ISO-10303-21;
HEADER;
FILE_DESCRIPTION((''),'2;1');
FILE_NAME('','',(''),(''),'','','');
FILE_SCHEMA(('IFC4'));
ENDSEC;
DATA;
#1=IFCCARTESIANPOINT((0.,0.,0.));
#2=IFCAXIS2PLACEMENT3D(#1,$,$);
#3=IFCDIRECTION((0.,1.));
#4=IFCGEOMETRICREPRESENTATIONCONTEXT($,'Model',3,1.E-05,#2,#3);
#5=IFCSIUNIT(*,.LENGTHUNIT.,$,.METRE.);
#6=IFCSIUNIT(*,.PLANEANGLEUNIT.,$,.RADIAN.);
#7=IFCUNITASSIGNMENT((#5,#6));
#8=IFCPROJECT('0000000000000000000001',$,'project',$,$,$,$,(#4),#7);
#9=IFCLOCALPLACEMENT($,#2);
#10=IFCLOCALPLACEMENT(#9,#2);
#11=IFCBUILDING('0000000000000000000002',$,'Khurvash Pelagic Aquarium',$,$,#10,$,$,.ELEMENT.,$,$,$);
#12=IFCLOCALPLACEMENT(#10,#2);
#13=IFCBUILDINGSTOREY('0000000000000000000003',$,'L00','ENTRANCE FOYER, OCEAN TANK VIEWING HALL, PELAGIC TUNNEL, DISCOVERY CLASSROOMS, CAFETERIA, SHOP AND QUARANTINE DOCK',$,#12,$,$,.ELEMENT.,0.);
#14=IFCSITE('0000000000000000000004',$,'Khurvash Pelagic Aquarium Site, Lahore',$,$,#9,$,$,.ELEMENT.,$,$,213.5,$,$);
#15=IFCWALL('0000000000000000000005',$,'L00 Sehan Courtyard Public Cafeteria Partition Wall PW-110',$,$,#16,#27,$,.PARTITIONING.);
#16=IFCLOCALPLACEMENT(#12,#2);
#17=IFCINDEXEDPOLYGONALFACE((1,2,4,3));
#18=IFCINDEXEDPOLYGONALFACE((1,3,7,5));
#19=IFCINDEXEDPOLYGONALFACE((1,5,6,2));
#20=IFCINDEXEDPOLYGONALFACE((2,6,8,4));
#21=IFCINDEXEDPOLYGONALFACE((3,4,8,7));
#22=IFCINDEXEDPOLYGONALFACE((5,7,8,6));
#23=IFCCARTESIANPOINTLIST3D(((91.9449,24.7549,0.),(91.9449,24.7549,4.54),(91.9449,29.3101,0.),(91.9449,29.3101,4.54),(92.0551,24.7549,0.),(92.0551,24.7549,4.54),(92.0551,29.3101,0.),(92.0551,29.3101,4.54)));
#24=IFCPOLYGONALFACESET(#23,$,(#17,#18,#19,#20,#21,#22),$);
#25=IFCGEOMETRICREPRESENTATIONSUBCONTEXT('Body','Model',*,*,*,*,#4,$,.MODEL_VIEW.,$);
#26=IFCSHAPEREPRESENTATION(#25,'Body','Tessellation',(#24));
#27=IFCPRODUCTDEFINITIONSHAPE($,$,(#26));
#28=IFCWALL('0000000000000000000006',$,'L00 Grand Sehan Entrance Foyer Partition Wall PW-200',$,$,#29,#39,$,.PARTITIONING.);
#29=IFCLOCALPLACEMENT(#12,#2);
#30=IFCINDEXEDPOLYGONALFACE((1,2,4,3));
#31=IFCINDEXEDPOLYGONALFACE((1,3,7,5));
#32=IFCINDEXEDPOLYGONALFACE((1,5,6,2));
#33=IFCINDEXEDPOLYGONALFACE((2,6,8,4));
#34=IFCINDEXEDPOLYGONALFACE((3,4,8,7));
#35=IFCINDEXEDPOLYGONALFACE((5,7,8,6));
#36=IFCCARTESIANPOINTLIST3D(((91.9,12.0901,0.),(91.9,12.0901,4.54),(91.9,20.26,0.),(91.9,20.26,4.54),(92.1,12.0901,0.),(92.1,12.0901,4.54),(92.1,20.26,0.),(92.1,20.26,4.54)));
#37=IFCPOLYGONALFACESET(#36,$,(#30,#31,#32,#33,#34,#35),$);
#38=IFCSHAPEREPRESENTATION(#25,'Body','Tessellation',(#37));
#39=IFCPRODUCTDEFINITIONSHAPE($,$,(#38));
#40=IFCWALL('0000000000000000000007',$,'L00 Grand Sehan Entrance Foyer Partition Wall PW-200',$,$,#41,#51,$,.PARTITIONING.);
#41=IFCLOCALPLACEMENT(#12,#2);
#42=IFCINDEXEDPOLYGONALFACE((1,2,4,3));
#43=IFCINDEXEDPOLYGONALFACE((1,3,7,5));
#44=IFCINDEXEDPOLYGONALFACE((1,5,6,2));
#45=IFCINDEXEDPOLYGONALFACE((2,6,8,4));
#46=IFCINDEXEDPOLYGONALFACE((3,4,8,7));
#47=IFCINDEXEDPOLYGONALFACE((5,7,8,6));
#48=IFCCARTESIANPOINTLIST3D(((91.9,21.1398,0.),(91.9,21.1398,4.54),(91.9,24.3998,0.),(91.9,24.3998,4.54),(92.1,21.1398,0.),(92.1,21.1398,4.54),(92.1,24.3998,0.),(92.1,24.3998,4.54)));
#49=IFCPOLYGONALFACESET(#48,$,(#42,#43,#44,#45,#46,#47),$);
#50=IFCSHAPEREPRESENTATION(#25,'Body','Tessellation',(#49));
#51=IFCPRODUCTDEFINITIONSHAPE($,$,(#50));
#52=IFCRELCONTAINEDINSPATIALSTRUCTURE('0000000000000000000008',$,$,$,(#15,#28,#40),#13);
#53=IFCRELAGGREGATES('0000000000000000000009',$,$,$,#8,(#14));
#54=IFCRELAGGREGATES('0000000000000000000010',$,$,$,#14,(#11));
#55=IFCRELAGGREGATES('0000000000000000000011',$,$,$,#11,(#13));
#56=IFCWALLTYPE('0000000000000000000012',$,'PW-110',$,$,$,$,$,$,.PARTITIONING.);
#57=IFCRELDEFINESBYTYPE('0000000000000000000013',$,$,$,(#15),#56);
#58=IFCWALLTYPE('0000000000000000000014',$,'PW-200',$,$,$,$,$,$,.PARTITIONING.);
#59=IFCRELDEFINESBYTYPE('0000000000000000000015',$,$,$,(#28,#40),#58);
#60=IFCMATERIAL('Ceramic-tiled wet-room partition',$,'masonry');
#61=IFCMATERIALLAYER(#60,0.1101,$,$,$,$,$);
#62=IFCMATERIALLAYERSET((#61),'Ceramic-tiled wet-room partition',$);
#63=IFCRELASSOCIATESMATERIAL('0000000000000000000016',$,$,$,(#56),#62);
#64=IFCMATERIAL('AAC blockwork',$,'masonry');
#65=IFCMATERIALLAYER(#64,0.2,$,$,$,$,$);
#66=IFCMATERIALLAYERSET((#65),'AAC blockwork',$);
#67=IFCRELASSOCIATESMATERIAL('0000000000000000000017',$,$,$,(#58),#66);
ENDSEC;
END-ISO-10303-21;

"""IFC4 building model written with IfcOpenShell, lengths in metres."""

from ifc_helpers import new_model, si_unit, direction, frame, frame_2d, origin, place, context, subcontext, project, spatial, rectangle, extrude, material, layer, layer_set, type_object, element, save


model = new_model("IFC4")

# Units and contexts
model_context = context("Model", 3, precision=1e-05, world=origin(), true_north=direction((0.0, 1.0)))
body_context = subcontext(model_context, "Body", "Model", "MODEL_VIEW")
ifc_project = project(units=[si_unit("LENGTHUNIT", "METRE"), si_unit("PLANEANGLEUNIT", "RADIAN")], contexts=[model_context])

# Site, building, storey
site_placement = place(None, origin())
site = spatial("IfcSite", under=ifc_project, at=site_placement, Name="Khurvash Pelagic Aquarium Site, Lahore", CompositionType="ELEMENT", RefElevation=213.5)
building_placement = place(site_placement, origin())
building = spatial("IfcBuilding", under=site, at=building_placement, Name="Khurvash Pelagic Aquarium", CompositionType="ELEMENT")
storey_placement = place(building_placement, origin())
storey = spatial("IfcBuildingStorey", under=building, at=storey_placement, Name="L00", Description="ENTRANCE FOYER, OCEAN TANK VIEWING HALL, PELAGIC TUNNEL, DISCOVERY CLASSROOMS, CAFETERIA, SHOP AND QUARANTINE DOCK", CompositionType="ELEMENT", Elevation=0.0)

# Walls
ifc_material_1 = material(Name="Ceramic-tiled wet-room partition", Category="masonry")
ifc_layer_1 = layer(ifc_material_1, 0.1101)
ifc_layer_set_1 = layer_set([ifc_layer_1], Name="Ceramic-tiled wet-room partition")
wall_type_1 = type_object("IfcWallType", Name="PW-110", PredefinedType="PARTITIONING", material=ifc_layer_set_1)
wall_1_placement = place(storey_placement, frame((92.0, 24.7549, 0.0), z_axis=(0.0, 0.0, 1.0), x_axis=(0.0, 1.0, 0.0)))
element("IfcWall", 1, at=wall_1_placement, inside=storey, type_object=wall_type_1, Name="L00 Sehan Courtyard Public Cafeteria Partition Wall PW-110", PredefinedType="PARTITIONING", context=body_context, shape_type="SweptSolid", body=[
    extrude(rectangle(XDim=4.5552, YDim=0.1101, at=frame_2d((2.2776, 0.0))), origin(), (0.0, 0.0, 1.0), 4.54),
])
ifc_material_2 = material(Name="AAC blockwork", Category="masonry")
ifc_layer_2 = layer(ifc_material_2, 0.2)
ifc_layer_set_2 = layer_set([ifc_layer_2], Name="AAC blockwork")
wall_type_2 = type_object("IfcWallType", Name="PW-200", PredefinedType="PARTITIONING", material=ifc_layer_set_2)
wall_2_placement = place(storey_placement, frame((92.0, 12.0901, 0.0), z_axis=(0.0, 0.0, 1.0), x_axis=(0.0, 1.0, 0.0)))
element("IfcWall", 2, at=wall_2_placement, inside=storey, type_object=wall_type_2, Name="L00 Grand Sehan Entrance Foyer Partition Wall PW-200", PredefinedType="PARTITIONING", context=body_context, shape_type="SweptSolid", body=[
    extrude(rectangle(XDim=8.1699, YDim=0.2, at=frame_2d((4.085, 0.0))), origin(), (0.0, 0.0, 1.0), 4.54),
])
wall_3_placement = place(storey_placement, frame((92.0, 21.1399, 0.0), z_axis=(0.0, 0.0, 1.0), x_axis=(0.0, 1.0, 0.0)))
element("IfcWall", 3, at=wall_3_placement, inside=storey, type_object=wall_type_2, Name="L00 Grand Sehan Entrance Foyer Partition Wall PW-200", PredefinedType="PARTITIONING", context=body_context, shape_type="SweptSolid", body=[
    extrude(rectangle(XDim=3.26, YDim=0.2, at=frame_2d((1.6299, 0.0))), origin(), (0.0, 0.0, 1.0), 4.54),
])

save(model, "model.ifc")
